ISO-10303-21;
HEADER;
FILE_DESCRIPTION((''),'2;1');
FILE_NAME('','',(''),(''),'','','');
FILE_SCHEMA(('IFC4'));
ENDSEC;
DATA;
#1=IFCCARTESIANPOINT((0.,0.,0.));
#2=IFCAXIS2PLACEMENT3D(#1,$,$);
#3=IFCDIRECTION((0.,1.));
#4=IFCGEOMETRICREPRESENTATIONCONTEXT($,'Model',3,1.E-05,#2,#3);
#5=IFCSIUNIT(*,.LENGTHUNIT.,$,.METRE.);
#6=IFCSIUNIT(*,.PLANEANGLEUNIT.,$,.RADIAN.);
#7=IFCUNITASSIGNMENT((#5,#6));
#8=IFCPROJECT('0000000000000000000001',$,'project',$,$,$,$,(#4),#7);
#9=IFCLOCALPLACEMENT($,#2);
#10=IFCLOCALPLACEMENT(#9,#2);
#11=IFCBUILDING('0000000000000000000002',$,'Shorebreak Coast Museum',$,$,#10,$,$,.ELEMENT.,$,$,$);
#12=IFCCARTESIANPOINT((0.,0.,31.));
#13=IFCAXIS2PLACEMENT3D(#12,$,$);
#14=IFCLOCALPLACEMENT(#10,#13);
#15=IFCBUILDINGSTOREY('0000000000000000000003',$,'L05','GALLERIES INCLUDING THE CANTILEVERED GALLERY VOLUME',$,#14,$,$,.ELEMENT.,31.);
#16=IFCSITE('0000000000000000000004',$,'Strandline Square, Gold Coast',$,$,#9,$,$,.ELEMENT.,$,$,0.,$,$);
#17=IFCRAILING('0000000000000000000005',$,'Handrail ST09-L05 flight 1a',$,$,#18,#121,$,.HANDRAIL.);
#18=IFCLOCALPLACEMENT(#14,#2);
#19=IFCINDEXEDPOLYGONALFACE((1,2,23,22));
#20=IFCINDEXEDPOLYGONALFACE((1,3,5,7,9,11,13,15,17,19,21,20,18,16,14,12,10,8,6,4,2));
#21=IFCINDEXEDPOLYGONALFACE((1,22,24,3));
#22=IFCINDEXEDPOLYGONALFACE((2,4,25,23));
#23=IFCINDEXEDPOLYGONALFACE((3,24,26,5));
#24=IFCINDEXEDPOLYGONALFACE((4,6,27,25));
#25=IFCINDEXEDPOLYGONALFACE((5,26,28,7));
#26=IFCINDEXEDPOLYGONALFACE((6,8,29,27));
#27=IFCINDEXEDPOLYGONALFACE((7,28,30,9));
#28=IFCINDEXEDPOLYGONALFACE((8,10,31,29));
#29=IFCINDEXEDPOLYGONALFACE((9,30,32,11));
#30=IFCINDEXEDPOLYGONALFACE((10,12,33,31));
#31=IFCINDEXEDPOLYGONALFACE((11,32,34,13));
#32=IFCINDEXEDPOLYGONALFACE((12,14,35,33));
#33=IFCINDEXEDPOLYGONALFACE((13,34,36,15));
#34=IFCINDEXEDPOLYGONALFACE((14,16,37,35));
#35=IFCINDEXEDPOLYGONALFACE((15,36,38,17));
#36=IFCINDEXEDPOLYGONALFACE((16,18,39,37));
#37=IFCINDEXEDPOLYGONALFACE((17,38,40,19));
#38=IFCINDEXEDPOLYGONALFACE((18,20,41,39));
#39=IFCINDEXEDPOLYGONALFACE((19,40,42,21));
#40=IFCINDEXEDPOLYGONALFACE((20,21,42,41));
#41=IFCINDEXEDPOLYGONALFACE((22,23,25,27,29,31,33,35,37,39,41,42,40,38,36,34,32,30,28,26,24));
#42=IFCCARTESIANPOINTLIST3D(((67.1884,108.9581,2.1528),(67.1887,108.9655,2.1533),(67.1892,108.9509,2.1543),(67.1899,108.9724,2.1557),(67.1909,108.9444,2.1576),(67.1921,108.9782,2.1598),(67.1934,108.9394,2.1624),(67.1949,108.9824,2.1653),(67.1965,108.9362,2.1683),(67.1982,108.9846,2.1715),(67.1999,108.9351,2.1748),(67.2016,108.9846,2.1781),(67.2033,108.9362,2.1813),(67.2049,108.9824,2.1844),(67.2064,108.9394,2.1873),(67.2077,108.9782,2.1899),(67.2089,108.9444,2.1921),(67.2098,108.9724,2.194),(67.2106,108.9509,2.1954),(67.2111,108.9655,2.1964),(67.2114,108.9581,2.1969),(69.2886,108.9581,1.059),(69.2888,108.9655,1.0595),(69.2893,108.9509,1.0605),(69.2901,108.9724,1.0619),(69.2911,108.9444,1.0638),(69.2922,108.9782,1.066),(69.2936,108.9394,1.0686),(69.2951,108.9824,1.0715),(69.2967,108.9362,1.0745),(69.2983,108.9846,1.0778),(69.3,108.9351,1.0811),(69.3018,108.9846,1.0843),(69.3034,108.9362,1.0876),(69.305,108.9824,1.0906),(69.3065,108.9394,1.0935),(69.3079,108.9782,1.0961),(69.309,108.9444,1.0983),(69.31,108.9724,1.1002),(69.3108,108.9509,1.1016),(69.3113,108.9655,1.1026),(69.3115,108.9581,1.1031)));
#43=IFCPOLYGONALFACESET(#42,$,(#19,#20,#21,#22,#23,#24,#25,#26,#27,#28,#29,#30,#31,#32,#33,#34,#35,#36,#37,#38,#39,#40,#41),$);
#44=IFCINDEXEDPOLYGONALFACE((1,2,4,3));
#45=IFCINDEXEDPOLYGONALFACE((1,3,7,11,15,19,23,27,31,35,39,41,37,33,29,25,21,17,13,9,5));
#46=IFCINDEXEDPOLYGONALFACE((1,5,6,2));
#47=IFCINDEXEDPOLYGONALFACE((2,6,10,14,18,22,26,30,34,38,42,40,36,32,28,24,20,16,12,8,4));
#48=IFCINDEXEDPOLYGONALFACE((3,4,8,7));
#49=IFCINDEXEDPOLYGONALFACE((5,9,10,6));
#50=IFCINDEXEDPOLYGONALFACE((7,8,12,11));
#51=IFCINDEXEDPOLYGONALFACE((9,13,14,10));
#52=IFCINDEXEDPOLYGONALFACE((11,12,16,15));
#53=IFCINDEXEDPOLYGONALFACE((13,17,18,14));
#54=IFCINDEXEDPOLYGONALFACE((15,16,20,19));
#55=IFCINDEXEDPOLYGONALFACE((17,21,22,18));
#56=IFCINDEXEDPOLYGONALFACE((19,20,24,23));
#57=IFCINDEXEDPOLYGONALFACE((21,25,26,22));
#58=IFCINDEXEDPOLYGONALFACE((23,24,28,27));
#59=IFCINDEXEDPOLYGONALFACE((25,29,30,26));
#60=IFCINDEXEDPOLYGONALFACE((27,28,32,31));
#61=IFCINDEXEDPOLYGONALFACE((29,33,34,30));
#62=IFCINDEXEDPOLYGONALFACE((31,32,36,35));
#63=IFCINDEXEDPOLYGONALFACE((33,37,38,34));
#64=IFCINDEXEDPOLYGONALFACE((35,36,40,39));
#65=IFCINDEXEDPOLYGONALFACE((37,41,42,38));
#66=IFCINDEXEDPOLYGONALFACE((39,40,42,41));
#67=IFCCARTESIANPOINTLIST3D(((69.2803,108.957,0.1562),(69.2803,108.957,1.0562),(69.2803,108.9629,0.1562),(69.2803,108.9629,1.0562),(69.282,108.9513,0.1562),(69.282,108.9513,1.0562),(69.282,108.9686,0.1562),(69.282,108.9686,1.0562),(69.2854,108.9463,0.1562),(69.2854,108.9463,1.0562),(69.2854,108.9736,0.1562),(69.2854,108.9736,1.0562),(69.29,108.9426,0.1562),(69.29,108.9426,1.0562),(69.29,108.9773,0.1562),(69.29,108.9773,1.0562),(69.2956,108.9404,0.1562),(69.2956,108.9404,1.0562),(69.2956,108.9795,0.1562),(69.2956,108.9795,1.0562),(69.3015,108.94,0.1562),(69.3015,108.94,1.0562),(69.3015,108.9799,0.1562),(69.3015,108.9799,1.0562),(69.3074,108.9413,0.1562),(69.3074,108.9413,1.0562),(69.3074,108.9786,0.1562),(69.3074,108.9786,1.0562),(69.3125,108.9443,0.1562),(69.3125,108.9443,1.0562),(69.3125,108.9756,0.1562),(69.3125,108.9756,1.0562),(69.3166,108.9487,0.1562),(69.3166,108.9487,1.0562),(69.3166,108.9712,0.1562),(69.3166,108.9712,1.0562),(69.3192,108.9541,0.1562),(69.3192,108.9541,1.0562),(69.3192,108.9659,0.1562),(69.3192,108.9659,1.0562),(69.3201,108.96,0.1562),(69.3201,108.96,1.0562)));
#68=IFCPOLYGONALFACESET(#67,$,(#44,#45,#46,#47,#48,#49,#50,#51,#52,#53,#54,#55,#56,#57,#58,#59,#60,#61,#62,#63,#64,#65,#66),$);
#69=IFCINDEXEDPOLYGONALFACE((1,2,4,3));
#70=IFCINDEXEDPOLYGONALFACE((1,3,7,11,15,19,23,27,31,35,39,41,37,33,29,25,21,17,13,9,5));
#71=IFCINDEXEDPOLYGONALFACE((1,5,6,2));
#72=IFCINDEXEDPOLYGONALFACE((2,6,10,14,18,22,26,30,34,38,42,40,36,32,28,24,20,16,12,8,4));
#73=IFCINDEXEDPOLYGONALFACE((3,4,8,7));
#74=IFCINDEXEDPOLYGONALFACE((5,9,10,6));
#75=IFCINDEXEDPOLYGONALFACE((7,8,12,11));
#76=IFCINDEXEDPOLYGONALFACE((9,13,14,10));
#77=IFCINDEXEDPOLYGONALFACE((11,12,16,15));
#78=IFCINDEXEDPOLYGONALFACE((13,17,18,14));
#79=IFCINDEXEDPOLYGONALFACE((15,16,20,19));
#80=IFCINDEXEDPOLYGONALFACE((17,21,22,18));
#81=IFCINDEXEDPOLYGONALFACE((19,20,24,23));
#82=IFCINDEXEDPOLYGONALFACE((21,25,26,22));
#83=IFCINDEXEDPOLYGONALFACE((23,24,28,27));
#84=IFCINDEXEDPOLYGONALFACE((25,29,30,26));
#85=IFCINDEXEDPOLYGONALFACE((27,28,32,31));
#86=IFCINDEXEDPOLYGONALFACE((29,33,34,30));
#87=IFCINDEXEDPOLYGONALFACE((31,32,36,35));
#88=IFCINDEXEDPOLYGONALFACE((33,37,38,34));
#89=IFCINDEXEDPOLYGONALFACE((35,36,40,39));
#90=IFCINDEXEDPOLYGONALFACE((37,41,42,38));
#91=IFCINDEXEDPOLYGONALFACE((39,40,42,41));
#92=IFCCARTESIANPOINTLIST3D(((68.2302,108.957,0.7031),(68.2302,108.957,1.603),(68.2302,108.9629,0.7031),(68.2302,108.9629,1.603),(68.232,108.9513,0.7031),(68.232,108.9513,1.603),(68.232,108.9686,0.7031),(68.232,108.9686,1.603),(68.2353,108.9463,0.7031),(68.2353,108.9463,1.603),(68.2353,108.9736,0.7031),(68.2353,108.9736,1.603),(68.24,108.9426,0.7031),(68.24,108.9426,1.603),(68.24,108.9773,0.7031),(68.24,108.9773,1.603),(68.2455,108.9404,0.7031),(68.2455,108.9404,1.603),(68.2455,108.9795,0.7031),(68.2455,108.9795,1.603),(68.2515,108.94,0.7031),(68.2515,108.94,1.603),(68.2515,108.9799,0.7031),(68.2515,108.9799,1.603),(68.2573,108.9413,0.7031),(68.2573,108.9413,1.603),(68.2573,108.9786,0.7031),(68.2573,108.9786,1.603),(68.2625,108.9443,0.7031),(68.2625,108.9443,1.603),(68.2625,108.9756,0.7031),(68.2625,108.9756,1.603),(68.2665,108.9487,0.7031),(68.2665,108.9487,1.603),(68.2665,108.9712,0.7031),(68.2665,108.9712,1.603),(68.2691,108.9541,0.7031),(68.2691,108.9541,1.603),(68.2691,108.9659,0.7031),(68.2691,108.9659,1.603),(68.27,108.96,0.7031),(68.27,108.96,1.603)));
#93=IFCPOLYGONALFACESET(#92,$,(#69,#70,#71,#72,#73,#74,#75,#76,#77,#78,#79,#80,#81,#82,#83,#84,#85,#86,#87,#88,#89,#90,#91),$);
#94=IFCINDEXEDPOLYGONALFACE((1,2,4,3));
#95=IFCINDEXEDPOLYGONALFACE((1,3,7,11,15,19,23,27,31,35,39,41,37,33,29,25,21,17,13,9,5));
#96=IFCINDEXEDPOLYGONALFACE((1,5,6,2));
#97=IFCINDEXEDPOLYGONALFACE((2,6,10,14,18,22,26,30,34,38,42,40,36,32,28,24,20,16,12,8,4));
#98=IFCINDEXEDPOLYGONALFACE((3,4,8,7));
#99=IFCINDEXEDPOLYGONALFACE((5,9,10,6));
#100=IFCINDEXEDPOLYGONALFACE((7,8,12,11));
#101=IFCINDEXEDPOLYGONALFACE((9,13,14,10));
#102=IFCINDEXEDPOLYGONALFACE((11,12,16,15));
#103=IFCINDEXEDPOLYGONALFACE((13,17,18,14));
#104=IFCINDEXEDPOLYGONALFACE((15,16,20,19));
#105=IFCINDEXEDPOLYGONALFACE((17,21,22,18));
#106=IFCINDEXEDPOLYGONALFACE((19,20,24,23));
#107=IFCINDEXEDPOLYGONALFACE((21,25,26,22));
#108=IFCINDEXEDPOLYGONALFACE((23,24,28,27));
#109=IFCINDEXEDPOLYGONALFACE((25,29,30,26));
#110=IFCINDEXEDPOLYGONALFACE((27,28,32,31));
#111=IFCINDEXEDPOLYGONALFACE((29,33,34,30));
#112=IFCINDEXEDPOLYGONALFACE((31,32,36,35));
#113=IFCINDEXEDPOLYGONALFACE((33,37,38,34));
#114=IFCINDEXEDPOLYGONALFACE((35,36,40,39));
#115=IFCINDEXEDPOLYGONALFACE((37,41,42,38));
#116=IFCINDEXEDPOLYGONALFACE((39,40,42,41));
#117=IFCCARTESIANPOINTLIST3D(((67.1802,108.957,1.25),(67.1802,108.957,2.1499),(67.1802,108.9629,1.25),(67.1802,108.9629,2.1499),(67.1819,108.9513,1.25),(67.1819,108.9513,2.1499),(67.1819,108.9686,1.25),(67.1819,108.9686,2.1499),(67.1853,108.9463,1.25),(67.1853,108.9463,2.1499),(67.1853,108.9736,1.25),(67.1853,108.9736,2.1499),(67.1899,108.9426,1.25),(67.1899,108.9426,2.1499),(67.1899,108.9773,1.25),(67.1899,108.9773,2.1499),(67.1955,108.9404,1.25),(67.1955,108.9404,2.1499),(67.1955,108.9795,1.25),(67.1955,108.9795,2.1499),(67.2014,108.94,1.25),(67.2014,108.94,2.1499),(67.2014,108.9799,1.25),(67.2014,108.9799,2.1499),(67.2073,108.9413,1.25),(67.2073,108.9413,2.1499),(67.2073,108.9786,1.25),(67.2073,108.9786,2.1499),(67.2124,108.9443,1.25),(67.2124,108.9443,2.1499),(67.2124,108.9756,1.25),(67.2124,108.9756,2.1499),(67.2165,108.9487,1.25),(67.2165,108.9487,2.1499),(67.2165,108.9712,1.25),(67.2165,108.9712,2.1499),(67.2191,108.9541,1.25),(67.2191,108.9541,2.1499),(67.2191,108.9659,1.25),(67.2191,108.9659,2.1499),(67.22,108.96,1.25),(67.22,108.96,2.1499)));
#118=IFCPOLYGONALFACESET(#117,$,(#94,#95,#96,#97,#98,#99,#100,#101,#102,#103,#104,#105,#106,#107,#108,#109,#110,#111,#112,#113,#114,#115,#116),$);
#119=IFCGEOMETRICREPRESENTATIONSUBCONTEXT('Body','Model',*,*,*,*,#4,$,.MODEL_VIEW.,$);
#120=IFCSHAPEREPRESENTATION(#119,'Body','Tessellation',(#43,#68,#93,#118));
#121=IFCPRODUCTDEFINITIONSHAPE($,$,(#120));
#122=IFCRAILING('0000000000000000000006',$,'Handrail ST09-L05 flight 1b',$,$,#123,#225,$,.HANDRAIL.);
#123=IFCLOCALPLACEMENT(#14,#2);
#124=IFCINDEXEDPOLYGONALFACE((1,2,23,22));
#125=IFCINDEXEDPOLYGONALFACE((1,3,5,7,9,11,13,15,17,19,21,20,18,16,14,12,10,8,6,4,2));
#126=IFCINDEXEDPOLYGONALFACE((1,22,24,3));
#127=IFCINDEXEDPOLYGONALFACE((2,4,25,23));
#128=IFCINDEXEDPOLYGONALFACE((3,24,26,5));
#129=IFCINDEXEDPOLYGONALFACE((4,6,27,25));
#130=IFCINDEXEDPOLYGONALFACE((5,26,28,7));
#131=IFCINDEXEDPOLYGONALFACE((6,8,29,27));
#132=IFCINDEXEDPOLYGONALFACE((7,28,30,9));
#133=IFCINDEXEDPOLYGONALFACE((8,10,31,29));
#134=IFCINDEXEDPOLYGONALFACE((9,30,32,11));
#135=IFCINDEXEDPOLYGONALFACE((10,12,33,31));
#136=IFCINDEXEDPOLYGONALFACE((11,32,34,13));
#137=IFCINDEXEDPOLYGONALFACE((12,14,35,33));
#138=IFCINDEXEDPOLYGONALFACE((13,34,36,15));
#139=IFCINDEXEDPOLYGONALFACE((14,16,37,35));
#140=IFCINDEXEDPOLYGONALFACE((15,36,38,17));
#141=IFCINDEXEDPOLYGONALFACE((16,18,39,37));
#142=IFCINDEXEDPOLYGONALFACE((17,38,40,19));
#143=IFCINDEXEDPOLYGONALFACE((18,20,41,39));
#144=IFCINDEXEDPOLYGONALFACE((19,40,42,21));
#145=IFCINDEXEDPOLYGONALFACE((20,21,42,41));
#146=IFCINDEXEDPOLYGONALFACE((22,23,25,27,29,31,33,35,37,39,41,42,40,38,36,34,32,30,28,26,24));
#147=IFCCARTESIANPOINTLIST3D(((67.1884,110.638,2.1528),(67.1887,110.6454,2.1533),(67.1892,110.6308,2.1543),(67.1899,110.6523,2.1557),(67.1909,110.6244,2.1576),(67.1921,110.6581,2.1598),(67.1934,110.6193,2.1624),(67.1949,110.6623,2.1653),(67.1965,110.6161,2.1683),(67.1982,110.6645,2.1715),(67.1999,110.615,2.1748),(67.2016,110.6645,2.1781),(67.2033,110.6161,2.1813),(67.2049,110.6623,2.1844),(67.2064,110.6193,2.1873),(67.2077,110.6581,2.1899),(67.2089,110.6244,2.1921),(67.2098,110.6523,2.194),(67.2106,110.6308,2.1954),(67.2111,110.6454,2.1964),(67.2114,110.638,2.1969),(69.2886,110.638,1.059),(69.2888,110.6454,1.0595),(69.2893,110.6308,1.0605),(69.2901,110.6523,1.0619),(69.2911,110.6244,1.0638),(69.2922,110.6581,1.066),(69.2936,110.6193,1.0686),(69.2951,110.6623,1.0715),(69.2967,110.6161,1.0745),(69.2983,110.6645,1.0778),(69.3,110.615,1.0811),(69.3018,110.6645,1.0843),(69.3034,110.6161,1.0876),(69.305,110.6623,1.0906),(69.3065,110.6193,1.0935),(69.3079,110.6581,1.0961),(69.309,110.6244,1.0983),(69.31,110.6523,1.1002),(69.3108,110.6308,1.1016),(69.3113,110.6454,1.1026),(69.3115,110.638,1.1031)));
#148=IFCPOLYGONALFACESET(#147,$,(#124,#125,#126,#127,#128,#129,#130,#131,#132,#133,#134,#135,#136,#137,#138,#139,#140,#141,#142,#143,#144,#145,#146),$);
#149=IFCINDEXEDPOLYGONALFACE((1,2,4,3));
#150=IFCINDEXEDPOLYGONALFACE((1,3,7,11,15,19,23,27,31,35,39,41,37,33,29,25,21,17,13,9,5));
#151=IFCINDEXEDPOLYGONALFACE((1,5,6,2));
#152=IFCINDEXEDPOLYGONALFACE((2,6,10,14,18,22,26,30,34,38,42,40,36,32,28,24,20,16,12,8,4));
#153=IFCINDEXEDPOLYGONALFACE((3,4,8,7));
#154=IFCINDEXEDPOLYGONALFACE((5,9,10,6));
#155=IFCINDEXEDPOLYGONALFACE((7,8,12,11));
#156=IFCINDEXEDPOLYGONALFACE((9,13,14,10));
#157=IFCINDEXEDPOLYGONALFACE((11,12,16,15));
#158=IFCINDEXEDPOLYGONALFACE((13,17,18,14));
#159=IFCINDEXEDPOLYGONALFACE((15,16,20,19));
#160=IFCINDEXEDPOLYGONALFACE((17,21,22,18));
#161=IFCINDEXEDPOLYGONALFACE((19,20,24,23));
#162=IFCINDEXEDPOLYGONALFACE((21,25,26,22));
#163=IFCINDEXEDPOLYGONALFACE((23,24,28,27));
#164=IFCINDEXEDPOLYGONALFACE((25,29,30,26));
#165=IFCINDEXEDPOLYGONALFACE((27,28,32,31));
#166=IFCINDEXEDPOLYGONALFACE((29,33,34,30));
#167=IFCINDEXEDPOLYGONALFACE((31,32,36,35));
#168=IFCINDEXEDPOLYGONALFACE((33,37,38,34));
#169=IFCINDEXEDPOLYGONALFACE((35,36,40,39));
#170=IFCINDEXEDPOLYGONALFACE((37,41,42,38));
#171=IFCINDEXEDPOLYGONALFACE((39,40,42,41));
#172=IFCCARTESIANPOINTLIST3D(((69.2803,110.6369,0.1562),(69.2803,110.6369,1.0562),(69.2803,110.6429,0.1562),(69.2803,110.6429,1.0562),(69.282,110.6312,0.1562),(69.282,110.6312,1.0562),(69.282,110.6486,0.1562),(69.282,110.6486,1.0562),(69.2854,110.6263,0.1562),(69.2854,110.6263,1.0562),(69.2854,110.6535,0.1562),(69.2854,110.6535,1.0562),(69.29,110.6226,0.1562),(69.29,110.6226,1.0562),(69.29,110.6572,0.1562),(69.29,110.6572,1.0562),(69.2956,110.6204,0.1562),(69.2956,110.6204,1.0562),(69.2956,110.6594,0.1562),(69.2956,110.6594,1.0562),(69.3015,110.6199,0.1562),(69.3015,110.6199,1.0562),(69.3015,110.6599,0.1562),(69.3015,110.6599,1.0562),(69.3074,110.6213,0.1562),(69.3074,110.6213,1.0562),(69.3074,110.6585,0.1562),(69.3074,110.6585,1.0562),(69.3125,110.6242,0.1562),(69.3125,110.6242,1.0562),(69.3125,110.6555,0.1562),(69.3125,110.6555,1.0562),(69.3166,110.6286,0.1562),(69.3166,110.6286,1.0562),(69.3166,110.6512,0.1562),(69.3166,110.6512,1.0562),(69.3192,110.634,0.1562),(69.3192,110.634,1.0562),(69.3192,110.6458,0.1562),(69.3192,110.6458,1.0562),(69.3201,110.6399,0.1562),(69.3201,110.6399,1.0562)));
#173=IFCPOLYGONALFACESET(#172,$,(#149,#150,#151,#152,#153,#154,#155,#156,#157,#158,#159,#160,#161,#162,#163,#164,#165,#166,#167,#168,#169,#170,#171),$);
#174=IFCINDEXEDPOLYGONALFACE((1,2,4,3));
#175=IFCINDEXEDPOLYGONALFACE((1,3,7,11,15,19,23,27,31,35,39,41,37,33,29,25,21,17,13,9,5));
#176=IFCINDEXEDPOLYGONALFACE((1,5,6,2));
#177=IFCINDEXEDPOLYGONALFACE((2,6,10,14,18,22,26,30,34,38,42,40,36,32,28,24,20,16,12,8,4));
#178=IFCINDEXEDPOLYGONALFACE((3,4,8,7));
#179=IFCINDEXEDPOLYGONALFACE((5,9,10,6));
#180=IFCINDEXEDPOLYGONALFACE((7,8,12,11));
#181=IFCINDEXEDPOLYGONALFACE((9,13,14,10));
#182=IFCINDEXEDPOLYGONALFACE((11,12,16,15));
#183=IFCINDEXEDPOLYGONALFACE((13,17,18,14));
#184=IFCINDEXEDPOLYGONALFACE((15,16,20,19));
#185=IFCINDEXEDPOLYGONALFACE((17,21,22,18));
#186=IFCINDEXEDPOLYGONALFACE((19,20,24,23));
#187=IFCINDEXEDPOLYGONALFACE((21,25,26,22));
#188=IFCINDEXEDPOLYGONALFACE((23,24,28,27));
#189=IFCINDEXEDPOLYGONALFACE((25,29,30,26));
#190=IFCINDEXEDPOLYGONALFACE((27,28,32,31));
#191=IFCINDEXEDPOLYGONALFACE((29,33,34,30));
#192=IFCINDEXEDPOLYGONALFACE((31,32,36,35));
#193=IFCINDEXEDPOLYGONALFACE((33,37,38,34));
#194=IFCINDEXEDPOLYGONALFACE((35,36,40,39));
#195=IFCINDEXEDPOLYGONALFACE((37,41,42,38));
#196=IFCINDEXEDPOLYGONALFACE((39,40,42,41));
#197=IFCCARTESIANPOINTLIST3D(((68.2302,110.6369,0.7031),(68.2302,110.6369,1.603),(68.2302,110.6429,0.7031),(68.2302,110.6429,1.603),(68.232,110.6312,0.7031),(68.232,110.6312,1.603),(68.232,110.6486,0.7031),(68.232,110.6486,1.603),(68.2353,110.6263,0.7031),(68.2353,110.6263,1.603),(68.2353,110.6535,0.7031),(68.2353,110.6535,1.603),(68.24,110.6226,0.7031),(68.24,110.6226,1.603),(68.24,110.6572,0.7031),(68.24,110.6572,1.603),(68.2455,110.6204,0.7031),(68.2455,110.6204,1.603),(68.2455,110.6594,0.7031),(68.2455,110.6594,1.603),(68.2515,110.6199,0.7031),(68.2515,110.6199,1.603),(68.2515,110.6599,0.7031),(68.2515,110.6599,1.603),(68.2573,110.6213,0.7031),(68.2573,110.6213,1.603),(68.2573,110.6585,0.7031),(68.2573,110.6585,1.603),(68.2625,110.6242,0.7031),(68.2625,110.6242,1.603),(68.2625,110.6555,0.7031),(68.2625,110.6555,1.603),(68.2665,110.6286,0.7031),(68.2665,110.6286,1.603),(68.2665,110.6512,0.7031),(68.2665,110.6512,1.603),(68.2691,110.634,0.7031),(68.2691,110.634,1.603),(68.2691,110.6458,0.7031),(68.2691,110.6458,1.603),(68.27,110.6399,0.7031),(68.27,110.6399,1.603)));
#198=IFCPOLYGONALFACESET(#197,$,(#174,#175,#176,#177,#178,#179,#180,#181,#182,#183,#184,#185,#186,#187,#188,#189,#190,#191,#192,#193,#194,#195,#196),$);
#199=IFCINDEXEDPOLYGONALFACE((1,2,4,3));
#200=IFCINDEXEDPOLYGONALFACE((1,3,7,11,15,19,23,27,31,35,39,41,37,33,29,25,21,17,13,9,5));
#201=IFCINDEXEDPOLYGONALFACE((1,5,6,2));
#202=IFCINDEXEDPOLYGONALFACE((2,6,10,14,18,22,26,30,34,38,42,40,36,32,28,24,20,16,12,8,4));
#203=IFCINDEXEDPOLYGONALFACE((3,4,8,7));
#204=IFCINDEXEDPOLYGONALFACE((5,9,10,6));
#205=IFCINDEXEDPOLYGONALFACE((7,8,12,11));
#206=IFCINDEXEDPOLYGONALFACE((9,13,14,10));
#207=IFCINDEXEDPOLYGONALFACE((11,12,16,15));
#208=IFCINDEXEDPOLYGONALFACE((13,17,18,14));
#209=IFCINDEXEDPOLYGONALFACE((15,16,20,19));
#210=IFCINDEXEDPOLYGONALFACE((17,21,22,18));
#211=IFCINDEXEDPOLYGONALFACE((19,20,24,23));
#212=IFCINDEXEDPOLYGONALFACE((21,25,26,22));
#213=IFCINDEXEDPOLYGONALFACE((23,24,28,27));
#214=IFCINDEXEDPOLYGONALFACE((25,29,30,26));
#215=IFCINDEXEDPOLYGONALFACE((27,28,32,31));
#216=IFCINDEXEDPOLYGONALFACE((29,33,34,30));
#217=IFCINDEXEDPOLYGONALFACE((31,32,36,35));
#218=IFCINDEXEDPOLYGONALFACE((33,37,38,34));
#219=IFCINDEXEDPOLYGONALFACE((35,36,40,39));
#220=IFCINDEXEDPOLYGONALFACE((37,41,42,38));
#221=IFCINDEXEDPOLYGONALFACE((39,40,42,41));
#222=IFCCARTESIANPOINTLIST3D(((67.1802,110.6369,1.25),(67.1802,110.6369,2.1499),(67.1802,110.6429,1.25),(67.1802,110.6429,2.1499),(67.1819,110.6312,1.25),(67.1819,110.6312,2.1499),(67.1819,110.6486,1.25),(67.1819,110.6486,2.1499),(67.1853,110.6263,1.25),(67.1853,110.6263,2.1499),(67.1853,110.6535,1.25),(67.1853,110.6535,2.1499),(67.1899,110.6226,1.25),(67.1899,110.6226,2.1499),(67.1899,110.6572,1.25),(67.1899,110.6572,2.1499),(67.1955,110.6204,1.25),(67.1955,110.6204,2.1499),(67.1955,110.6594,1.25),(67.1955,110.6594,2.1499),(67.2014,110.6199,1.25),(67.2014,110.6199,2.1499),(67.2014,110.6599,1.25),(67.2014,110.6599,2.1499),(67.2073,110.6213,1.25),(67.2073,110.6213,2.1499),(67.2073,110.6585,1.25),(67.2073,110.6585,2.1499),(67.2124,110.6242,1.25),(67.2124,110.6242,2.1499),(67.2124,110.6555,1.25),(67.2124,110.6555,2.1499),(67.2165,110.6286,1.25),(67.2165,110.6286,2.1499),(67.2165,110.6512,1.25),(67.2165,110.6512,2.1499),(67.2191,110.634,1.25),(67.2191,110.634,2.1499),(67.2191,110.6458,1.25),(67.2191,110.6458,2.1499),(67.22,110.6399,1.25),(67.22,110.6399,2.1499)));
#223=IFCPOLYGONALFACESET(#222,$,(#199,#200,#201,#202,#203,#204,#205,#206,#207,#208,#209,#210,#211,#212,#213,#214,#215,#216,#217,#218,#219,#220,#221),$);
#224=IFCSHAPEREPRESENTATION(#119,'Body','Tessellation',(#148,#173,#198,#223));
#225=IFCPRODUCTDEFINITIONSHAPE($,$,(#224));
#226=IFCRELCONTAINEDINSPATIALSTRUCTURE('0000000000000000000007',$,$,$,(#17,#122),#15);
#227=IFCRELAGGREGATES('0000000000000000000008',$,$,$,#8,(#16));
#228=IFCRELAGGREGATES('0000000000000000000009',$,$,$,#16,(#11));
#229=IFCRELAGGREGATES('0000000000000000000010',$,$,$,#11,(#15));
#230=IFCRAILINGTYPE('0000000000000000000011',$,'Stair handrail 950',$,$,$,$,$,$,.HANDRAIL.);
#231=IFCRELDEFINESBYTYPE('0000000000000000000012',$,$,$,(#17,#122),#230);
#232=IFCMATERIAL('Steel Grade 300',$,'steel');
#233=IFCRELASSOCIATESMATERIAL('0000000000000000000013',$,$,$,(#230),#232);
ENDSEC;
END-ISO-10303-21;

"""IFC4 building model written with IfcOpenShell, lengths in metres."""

from ifc_helpers import new_model, si_unit, direction, frame, origin, origin_2d, place, context, subcontext, project, spatial, circle, extrude, material, type_object, element, save


model = new_model("IFC4")

# Units and contexts
model_context = context("Model", 3, precision=1e-05, world=origin(), true_north=direction((0.0, 1.0)))
body_context = subcontext(model_context, "Body", "Model", "MODEL_VIEW")
ifc_project = project(units=[si_unit("LENGTHUNIT", "METRE"), si_unit("PLANEANGLEUNIT", "RADIAN")], contexts=[model_context])

# Site, building, storey
site_placement = place(None, origin())
site = spatial("IfcSite", under=ifc_project, at=site_placement, Name="Strandline Square, Gold Coast", CompositionType="ELEMENT", RefElevation=0.0)
building_placement = place(site_placement, origin())
building = spatial("IfcBuilding", under=site, at=building_placement, Name="Shorebreak Coast Museum", CompositionType="ELEMENT")
storey_placement = place(building_placement, frame((0.0, 0.0, 31.0)))
storey = spatial("IfcBuildingStorey", under=building, at=storey_placement, Name="L05", Description="GALLERIES INCLUDING THE CANTILEVERED GALLERY VOLUME", CompositionType="ELEMENT", Elevation=31.0)

# Railings
ifc_material_1 = material(Name="Steel Grade 300", Category="steel")
railing_type_1 = type_object("IfcRailingType", Name="Stair handrail 950", PredefinedType="HANDRAIL", material=ifc_material_1)
for number, where, name in (
    (1, (69.3, 108.96, 0.1562), "Handrail ST09-L05 flight 1a"),
    (2, (69.3, 110.6399, 0.1562), "Handrail ST09-L05 flight 1b"),
):
    element("IfcRailing", number, at=place(storey_placement, frame(where)), inside=storey, type_object=railing_type_1, Name=name, PredefinedType="HANDRAIL", context=body_context, shape_type="SweptSolid", body=[
        extrude(circle(Radius=0.0249, at=origin_2d()), frame((0.0, 0.0, 0.9248), z_axis=(-0.886923, 0.0, 0.461918), x_axis=(0.0, -1.0, 0.0)), (0.0, 0.0, 1.0), 2.3679),
        extrude(circle(Radius=0.02, at=origin_2d()), origin(), (0.0, 0.0, 1.0), 0.8999),
        extrude(circle(Radius=0.02, at=origin_2d()), frame((-1.05, 0.0, 0.5469)), (0.0, 0.0, 1.0), 0.8999),
        extrude(circle(Radius=0.02, at=origin_2d()), frame((-2.1001, 0.0, 1.0938)), (0.0, 0.0, 1.0), 0.8999),
    ])

save(model, "model.ifc")
